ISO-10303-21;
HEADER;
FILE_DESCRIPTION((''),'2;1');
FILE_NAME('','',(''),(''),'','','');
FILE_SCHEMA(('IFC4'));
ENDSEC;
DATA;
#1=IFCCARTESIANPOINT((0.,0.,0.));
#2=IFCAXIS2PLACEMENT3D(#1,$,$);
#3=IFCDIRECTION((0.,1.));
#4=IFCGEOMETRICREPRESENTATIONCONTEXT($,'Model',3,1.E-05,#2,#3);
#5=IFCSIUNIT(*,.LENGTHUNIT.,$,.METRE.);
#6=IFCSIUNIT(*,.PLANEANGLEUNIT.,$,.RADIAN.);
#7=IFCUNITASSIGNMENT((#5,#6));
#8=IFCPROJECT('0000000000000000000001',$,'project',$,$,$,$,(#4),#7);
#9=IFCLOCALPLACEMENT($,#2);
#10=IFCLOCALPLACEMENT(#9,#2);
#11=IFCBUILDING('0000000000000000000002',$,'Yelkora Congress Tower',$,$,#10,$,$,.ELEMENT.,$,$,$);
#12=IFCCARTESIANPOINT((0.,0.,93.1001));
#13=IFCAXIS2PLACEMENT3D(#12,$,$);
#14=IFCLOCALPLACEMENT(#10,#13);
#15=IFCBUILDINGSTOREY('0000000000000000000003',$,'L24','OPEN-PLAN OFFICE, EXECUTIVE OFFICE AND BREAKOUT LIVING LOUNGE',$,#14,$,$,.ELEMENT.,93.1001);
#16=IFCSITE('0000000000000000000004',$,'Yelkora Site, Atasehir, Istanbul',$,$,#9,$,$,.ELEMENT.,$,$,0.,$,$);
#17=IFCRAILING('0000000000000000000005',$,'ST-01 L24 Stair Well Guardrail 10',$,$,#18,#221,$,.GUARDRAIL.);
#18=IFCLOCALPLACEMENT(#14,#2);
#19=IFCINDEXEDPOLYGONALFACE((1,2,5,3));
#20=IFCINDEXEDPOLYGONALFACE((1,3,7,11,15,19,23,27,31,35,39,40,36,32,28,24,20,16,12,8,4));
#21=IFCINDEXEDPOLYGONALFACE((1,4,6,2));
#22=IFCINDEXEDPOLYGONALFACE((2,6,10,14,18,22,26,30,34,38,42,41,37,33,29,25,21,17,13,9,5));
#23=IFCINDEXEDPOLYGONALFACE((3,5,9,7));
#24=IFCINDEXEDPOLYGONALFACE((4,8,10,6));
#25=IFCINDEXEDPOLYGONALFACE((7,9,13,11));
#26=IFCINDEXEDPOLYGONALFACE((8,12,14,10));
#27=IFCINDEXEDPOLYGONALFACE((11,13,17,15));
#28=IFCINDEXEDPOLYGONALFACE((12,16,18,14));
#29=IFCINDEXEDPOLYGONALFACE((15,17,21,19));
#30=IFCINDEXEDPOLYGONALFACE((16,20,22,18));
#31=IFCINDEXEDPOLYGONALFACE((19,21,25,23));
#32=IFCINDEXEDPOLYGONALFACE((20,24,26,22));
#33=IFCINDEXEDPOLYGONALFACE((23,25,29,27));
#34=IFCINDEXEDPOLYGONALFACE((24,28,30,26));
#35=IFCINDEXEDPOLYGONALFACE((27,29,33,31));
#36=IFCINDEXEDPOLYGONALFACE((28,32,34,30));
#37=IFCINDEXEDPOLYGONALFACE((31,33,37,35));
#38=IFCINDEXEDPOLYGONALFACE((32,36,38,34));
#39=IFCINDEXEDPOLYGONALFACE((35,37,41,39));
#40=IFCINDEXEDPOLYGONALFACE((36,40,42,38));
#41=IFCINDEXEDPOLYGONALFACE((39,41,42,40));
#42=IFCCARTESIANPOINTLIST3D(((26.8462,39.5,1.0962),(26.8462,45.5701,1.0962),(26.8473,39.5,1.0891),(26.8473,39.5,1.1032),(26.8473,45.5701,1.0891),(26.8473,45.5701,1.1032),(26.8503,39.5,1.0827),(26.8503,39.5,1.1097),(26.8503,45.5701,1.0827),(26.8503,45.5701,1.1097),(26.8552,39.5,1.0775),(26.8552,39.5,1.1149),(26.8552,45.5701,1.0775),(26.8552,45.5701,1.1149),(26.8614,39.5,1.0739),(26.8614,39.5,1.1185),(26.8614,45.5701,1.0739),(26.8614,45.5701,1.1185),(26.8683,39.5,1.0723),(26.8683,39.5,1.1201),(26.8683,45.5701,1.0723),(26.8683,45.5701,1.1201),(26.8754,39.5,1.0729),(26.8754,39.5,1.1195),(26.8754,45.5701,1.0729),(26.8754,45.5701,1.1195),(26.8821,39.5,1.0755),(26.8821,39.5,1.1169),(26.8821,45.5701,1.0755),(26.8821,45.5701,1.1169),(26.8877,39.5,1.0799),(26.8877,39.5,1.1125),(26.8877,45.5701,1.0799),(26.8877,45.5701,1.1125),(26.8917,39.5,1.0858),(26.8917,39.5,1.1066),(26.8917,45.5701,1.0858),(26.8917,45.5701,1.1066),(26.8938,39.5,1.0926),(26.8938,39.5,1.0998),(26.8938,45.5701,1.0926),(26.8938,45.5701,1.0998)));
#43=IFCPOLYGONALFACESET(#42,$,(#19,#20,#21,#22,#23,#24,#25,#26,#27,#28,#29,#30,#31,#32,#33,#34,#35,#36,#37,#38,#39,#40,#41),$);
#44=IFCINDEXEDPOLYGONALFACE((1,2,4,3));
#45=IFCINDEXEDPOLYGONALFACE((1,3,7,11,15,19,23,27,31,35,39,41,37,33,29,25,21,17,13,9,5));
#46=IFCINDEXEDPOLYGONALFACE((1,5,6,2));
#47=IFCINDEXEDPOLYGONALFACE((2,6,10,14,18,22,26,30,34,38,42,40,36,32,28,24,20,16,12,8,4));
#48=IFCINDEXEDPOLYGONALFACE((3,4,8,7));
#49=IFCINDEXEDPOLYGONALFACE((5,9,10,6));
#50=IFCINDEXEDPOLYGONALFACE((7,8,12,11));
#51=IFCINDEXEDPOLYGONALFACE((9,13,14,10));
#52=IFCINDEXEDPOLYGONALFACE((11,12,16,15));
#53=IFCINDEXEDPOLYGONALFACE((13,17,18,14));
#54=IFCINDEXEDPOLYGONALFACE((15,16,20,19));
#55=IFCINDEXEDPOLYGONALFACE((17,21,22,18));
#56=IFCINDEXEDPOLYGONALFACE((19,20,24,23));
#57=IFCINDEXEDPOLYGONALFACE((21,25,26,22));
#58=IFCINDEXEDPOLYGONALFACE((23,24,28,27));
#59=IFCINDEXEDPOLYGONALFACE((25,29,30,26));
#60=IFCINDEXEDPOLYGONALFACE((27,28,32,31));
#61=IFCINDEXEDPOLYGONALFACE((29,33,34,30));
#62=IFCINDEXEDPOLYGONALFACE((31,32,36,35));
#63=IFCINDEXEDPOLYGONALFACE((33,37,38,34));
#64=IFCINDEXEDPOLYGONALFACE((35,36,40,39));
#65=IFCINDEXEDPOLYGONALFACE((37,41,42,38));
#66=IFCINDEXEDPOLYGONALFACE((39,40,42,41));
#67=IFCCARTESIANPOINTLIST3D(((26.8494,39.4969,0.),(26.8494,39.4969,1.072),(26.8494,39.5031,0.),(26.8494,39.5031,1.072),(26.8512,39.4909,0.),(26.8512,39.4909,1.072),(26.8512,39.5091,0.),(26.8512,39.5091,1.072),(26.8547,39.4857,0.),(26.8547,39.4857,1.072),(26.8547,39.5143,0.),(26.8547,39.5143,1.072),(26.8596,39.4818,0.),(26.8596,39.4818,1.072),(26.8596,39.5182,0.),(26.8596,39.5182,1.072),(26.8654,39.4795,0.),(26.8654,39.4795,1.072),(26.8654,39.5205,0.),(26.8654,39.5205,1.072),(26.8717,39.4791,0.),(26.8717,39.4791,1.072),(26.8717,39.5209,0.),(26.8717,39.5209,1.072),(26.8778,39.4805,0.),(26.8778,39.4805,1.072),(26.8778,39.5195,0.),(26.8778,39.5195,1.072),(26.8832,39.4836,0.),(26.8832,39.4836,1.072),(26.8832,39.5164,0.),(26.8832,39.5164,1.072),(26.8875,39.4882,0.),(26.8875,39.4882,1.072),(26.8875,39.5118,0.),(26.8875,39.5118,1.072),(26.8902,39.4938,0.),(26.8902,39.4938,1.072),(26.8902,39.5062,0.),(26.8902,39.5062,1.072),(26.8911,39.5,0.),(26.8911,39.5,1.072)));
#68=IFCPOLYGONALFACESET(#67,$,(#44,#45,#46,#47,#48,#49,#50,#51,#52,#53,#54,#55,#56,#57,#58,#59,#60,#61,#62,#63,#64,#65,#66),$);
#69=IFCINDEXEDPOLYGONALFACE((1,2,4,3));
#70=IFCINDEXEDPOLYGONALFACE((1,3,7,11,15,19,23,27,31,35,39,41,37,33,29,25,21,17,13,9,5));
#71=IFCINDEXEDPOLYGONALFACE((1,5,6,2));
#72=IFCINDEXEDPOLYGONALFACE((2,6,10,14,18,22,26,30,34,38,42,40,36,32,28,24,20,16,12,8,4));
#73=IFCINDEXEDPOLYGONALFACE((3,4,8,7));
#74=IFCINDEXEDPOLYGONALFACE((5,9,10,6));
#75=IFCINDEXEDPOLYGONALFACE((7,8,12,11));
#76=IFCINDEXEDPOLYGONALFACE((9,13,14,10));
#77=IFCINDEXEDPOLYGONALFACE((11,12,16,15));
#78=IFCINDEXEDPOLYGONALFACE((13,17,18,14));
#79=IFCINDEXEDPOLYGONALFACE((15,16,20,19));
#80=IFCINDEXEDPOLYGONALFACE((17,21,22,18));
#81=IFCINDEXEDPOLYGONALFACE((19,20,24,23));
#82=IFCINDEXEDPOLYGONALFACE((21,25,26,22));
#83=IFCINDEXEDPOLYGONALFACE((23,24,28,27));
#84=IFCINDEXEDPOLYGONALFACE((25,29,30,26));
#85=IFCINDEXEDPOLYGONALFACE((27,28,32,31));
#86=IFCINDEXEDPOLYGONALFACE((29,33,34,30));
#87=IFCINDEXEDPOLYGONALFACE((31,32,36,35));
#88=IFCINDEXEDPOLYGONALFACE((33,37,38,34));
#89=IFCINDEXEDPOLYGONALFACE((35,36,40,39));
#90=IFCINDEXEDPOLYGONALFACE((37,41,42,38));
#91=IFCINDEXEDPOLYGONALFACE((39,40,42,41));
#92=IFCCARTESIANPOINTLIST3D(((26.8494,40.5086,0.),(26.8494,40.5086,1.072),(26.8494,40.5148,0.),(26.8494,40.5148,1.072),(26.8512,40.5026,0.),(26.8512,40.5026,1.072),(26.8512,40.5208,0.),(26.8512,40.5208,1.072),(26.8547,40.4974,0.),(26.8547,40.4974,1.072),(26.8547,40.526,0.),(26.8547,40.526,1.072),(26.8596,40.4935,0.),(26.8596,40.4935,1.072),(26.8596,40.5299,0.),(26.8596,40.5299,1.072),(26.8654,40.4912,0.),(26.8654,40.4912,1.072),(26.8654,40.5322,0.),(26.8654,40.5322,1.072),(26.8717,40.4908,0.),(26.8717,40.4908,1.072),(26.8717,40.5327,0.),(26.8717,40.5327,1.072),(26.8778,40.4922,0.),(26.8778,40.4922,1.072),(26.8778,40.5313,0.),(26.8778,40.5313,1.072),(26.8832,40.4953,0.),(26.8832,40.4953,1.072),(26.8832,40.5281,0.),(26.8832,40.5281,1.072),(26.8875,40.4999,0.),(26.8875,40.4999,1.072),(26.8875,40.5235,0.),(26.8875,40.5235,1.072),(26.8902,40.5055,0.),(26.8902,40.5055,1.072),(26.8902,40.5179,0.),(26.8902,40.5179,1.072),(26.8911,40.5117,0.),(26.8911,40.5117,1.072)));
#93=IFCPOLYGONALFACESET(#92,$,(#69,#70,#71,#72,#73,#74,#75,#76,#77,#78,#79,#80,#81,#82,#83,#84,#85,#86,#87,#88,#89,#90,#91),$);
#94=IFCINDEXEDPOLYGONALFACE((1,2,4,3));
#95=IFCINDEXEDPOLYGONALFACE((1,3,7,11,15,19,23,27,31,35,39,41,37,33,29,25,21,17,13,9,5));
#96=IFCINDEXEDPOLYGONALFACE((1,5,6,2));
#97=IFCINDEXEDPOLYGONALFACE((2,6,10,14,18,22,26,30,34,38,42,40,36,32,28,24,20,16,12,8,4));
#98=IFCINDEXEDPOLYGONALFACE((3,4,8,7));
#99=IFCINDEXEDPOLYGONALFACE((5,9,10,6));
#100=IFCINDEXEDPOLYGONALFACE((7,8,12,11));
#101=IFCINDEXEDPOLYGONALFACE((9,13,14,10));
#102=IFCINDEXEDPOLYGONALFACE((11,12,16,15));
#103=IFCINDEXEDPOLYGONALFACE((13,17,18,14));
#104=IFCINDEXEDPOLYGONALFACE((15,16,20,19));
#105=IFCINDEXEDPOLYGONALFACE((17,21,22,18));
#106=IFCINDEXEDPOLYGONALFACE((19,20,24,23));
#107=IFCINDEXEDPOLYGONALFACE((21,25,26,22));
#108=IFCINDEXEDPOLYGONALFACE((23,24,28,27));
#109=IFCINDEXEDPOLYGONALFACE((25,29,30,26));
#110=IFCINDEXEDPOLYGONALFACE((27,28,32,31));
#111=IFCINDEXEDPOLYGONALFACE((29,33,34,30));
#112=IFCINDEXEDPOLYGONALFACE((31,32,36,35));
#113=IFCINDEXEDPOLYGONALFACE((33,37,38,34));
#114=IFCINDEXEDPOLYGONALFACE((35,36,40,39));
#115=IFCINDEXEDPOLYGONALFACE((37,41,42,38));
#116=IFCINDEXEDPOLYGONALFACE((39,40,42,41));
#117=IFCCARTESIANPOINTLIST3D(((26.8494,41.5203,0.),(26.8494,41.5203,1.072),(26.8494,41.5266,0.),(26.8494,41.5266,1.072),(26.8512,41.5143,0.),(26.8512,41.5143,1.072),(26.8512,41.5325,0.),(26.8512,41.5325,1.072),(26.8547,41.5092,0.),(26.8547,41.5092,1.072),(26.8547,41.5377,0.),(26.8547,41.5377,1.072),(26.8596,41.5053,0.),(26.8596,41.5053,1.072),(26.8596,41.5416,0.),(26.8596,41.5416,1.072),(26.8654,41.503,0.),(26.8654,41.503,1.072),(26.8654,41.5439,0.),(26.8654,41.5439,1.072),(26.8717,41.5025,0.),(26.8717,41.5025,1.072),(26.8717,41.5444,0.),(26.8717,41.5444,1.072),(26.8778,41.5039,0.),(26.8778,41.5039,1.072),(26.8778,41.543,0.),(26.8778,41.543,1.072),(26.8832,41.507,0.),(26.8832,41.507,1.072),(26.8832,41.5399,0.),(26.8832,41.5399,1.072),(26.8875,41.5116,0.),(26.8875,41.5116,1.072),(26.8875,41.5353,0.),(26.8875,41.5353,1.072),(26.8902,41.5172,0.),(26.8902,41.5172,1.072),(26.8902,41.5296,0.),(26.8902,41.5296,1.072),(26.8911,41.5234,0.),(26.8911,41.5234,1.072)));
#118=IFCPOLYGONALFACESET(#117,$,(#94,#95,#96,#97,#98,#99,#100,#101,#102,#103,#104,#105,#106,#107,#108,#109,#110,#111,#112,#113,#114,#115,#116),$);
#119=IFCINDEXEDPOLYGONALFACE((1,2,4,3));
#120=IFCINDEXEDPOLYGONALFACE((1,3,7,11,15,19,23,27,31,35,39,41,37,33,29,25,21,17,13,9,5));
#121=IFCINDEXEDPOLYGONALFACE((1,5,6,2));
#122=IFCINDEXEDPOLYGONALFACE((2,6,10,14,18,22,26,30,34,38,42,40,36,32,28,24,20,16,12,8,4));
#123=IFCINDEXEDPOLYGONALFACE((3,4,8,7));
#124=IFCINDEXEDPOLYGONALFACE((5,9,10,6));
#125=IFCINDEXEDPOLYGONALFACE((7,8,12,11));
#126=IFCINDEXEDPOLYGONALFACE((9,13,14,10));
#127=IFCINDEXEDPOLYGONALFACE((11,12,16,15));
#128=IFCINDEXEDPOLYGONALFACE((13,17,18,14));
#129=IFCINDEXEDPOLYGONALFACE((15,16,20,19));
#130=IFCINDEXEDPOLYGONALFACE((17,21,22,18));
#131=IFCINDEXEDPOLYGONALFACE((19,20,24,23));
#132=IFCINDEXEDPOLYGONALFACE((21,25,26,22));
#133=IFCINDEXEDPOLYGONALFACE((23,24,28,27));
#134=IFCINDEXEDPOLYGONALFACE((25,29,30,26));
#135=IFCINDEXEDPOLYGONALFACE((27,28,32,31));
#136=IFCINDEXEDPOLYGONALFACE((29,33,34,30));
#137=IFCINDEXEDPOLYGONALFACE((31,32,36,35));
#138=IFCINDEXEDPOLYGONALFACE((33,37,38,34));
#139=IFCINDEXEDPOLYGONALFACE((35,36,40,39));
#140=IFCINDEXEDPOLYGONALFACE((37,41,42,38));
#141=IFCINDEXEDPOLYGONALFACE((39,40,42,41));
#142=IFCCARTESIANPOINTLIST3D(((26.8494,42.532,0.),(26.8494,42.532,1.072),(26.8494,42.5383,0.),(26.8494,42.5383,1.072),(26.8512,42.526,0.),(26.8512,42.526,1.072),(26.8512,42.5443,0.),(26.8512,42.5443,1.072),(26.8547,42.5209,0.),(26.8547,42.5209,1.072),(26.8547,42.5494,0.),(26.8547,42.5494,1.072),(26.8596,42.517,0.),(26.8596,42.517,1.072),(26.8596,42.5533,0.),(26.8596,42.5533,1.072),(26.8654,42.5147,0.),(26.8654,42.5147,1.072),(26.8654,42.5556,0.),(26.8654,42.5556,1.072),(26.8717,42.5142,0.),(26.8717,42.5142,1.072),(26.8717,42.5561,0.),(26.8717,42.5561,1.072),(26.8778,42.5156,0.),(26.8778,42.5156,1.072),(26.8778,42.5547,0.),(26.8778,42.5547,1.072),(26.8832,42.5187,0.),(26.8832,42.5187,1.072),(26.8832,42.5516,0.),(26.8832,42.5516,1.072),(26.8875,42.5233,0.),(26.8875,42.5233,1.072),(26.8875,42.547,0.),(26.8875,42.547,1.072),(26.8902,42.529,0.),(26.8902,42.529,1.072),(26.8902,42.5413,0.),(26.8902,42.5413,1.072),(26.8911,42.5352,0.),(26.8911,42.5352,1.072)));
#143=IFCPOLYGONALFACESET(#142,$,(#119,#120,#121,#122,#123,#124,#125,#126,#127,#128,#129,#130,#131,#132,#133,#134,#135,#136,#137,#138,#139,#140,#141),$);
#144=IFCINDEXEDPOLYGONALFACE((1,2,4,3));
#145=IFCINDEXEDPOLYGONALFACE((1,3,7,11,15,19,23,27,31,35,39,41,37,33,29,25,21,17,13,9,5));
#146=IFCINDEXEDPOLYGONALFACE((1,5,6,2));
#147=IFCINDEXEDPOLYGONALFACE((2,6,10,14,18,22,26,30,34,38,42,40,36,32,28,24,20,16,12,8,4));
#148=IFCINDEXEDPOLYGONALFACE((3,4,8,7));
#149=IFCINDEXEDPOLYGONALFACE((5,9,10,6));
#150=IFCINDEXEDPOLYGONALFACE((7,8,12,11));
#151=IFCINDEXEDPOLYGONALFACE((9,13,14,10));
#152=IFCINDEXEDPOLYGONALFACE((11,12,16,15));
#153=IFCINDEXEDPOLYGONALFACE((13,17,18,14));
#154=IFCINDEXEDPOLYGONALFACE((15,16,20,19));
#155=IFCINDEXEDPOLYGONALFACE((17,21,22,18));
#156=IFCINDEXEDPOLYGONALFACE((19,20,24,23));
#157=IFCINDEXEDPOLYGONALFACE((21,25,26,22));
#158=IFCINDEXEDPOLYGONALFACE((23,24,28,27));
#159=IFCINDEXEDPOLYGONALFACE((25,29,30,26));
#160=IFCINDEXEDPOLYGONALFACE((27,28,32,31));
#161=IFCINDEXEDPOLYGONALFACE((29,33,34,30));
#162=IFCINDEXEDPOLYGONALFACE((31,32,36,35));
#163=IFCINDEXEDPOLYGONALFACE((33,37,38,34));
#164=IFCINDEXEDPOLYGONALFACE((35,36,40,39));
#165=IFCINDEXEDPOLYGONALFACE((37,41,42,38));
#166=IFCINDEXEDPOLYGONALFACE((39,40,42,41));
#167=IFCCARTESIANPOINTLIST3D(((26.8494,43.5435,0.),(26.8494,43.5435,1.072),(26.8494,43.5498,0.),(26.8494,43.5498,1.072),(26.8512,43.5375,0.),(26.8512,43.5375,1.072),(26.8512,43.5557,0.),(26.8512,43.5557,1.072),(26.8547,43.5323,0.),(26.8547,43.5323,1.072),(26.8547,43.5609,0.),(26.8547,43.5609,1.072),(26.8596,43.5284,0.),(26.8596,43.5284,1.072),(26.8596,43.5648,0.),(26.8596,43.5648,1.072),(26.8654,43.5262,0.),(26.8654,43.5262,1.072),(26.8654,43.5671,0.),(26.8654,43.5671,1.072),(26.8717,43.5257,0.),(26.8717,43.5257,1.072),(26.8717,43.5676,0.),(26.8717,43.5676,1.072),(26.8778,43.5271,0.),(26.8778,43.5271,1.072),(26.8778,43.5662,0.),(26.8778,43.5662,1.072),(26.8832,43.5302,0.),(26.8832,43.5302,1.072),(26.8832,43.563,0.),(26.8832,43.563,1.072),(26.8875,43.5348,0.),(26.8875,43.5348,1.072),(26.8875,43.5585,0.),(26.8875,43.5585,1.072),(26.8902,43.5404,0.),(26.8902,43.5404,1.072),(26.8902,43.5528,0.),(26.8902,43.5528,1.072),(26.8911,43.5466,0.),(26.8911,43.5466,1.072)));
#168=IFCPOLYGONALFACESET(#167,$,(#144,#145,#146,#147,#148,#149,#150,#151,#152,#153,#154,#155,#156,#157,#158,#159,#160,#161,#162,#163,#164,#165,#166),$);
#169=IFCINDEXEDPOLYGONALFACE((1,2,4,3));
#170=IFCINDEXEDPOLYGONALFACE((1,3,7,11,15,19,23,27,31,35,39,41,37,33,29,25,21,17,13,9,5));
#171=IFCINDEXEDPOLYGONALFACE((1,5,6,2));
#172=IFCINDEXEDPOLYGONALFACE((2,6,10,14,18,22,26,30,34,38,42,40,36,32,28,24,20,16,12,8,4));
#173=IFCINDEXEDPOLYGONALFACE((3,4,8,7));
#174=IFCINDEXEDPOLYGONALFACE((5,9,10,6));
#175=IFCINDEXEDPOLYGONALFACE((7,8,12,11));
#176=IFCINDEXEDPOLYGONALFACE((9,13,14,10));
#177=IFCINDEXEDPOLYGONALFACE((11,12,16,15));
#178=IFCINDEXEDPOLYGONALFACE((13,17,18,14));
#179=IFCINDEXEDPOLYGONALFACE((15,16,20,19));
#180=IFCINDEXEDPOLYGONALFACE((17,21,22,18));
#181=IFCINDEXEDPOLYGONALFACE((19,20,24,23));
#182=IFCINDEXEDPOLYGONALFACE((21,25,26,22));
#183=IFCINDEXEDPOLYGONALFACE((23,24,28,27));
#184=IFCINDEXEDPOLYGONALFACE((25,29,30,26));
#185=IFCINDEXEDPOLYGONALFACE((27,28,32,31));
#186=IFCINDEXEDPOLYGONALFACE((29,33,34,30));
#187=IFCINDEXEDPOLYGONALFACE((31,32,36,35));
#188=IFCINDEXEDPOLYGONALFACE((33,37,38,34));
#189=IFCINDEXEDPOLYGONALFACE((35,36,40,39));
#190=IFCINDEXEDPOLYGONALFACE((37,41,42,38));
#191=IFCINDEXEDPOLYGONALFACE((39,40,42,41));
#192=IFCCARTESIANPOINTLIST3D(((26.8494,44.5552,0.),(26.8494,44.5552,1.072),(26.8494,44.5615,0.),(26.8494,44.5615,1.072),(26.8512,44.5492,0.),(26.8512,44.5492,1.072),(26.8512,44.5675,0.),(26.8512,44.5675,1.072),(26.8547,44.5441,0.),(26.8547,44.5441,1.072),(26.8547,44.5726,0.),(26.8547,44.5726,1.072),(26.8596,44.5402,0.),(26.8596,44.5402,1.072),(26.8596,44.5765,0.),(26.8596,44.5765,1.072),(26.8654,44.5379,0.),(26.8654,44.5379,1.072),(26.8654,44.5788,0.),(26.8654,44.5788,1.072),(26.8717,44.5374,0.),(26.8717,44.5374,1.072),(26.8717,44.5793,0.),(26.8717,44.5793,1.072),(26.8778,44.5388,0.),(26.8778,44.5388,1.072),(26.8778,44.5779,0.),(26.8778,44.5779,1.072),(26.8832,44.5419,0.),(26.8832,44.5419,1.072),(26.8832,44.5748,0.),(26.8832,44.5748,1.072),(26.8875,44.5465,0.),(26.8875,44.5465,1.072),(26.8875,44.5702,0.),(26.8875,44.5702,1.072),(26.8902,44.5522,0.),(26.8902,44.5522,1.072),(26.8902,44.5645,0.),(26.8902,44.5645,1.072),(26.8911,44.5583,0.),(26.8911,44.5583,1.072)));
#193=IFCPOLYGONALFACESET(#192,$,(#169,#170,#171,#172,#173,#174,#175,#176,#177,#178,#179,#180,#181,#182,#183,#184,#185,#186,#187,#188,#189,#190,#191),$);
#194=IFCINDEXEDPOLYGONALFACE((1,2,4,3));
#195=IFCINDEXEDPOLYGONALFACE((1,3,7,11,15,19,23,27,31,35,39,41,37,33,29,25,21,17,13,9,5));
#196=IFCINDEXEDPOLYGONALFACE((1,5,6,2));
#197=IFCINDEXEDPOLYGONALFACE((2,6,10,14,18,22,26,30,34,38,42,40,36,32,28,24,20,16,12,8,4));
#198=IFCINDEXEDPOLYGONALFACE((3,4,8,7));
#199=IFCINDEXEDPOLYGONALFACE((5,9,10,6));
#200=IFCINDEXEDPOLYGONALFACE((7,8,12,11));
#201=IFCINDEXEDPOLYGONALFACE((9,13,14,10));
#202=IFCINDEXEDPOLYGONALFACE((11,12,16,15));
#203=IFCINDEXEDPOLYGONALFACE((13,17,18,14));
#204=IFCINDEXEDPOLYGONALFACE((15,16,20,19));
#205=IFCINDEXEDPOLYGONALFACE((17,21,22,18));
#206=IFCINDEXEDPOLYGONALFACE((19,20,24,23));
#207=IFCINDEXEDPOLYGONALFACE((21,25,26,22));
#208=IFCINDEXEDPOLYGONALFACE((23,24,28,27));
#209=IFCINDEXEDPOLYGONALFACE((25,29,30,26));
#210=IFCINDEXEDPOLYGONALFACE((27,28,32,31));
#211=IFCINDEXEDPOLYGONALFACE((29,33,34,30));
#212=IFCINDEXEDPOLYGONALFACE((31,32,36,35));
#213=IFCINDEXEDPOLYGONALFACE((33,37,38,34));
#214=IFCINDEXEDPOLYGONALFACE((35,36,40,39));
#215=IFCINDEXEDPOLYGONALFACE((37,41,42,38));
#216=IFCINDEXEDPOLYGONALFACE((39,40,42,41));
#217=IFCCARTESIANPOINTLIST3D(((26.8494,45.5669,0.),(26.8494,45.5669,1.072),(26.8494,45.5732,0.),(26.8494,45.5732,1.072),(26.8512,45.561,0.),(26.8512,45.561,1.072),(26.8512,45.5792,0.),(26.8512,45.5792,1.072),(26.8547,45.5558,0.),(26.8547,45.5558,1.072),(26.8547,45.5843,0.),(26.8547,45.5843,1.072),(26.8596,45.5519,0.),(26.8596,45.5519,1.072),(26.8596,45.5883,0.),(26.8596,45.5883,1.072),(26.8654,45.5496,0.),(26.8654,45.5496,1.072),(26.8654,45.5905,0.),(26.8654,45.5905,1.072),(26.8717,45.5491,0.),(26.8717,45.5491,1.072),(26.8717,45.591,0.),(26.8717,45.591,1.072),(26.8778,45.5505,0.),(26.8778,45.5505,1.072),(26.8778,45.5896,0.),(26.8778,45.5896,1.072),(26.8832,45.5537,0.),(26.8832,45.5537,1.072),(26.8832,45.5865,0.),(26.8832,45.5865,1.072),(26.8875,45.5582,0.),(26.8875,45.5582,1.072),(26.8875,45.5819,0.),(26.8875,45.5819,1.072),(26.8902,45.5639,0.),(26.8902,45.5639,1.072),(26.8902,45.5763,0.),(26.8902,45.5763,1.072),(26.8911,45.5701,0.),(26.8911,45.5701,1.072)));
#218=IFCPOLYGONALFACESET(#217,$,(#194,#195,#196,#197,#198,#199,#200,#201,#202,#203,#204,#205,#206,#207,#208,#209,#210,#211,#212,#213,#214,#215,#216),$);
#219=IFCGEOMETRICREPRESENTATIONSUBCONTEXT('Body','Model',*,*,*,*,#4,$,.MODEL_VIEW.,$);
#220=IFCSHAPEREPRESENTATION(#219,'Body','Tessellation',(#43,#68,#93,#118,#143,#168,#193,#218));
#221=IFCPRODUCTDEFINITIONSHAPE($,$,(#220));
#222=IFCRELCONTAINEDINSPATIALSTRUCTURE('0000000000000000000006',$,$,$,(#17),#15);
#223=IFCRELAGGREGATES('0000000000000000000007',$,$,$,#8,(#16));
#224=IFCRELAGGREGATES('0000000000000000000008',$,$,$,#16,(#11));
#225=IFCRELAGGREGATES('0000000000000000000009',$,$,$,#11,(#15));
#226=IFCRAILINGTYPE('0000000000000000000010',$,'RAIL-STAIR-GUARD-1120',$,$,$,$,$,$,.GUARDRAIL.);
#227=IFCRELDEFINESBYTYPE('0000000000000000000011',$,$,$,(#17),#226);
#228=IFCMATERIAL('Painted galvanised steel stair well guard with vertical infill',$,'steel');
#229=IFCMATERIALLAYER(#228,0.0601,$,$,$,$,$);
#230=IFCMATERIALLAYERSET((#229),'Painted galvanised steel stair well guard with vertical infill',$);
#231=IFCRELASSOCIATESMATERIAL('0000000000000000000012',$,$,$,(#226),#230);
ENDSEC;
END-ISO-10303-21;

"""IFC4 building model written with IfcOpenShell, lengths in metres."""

from ifc_helpers import new_model, si_unit, direction, frame, origin, origin_2d, place, context, subcontext, project, spatial, circle, extrude, material, layer, layer_set, type_object, element, save


model = new_model("IFC4")

# Units and contexts
model_context = context("Model", 3, precision=1e-05, world=origin(), true_north=direction((0.0, 1.0)))
body_context = subcontext(model_context, "Body", "Model", "MODEL_VIEW")
ifc_project = project(units=[si_unit("LENGTHUNIT", "METRE"), si_unit("PLANEANGLEUNIT", "RADIAN")], contexts=[model_context])

# Site, building, storey
site_placement = place(None, origin())
site = spatial("IfcSite", under=ifc_project, at=site_placement, Name="Yelkora Site, Atasehir, Istanbul", CompositionType="ELEMENT", RefElevation=0.0)
building_placement = place(site_placement, origin())
building = spatial("IfcBuilding", under=site, at=building_placement, Name="Yelkora Congress Tower", CompositionType="ELEMENT")
storey_placement = place(building_placement, frame((0.0, 0.0, 93.1001)))
storey = spatial("IfcBuildingStorey", under=building, at=storey_placement, Name="L24", Description="OPEN-PLAN OFFICE, EXECUTIVE OFFICE AND BREAKOUT LIVING LOUNGE", CompositionType="ELEMENT", Elevation=93.1001)

# Railing
ifc_material_1 = material(Name="Painted galvanised steel stair well guard with vertical infill", Category="steel")
ifc_layer_1 = layer(ifc_material_1, 0.0601)
ifc_layer_set_1 = layer_set([ifc_layer_1], Name="Painted galvanised steel stair well guard with vertical infill")
railing_type_1 = type_object("IfcRailingType", Name="RAIL-STAIR-GUARD-1120", PredefinedType="GUARDRAIL", material=ifc_layer_set_1)
railing_1_placement = place(storey_placement, frame((26.8701, 39.5, 0.0)))
element("IfcRailing", 1, at=railing_1_placement, inside=storey, type_object=railing_type_1, Name="ST-01 L24 Stair Well Guardrail 10", PredefinedType="GUARDRAIL", context=body_context, shape_type="SweptSolid", body=[
    extrude(circle(Radius=0.0239, at=origin_2d()), frame((0.0, 0.0, 1.0962), z_axis=(0.0, 1.0, 0.0), x_axis=(-1.0, 0.0, 0.0)), (0.0, 0.0, 1.0), 6.0701),
    extrude(circle(Radius=0.021, at=origin_2d()), origin(), (0.0, 0.0, 1.0), 1.072),
    extrude(circle(Radius=0.021, at=origin_2d()), frame((0.0, 1.0117, 0.0)), (0.0, 0.0, 1.0), 1.072),
    extrude(circle(Radius=0.021, at=origin_2d()), frame((0.0, 2.0234, 0.0)), (0.0, 0.0, 1.0), 1.072),
    extrude(circle(Radius=0.021, at=origin_2d()), frame((0.0, 3.0352, 0.0)), (0.0, 0.0, 1.0), 1.072),
    extrude(circle(Radius=0.021, at=origin_2d()), frame((0.0, 4.0466, 0.0)), (0.0, 0.0, 1.0), 1.072),
    extrude(circle(Radius=0.021, at=origin_2d()), frame((0.0, 5.0583, 0.0)), (0.0, 0.0, 1.0), 1.072),
    extrude(circle(Radius=0.021, at=origin_2d()), frame((0.0, 6.0701, 0.0)), (0.0, 0.0, 1.0), 1.072),
])

save(model, "model.ifc")
